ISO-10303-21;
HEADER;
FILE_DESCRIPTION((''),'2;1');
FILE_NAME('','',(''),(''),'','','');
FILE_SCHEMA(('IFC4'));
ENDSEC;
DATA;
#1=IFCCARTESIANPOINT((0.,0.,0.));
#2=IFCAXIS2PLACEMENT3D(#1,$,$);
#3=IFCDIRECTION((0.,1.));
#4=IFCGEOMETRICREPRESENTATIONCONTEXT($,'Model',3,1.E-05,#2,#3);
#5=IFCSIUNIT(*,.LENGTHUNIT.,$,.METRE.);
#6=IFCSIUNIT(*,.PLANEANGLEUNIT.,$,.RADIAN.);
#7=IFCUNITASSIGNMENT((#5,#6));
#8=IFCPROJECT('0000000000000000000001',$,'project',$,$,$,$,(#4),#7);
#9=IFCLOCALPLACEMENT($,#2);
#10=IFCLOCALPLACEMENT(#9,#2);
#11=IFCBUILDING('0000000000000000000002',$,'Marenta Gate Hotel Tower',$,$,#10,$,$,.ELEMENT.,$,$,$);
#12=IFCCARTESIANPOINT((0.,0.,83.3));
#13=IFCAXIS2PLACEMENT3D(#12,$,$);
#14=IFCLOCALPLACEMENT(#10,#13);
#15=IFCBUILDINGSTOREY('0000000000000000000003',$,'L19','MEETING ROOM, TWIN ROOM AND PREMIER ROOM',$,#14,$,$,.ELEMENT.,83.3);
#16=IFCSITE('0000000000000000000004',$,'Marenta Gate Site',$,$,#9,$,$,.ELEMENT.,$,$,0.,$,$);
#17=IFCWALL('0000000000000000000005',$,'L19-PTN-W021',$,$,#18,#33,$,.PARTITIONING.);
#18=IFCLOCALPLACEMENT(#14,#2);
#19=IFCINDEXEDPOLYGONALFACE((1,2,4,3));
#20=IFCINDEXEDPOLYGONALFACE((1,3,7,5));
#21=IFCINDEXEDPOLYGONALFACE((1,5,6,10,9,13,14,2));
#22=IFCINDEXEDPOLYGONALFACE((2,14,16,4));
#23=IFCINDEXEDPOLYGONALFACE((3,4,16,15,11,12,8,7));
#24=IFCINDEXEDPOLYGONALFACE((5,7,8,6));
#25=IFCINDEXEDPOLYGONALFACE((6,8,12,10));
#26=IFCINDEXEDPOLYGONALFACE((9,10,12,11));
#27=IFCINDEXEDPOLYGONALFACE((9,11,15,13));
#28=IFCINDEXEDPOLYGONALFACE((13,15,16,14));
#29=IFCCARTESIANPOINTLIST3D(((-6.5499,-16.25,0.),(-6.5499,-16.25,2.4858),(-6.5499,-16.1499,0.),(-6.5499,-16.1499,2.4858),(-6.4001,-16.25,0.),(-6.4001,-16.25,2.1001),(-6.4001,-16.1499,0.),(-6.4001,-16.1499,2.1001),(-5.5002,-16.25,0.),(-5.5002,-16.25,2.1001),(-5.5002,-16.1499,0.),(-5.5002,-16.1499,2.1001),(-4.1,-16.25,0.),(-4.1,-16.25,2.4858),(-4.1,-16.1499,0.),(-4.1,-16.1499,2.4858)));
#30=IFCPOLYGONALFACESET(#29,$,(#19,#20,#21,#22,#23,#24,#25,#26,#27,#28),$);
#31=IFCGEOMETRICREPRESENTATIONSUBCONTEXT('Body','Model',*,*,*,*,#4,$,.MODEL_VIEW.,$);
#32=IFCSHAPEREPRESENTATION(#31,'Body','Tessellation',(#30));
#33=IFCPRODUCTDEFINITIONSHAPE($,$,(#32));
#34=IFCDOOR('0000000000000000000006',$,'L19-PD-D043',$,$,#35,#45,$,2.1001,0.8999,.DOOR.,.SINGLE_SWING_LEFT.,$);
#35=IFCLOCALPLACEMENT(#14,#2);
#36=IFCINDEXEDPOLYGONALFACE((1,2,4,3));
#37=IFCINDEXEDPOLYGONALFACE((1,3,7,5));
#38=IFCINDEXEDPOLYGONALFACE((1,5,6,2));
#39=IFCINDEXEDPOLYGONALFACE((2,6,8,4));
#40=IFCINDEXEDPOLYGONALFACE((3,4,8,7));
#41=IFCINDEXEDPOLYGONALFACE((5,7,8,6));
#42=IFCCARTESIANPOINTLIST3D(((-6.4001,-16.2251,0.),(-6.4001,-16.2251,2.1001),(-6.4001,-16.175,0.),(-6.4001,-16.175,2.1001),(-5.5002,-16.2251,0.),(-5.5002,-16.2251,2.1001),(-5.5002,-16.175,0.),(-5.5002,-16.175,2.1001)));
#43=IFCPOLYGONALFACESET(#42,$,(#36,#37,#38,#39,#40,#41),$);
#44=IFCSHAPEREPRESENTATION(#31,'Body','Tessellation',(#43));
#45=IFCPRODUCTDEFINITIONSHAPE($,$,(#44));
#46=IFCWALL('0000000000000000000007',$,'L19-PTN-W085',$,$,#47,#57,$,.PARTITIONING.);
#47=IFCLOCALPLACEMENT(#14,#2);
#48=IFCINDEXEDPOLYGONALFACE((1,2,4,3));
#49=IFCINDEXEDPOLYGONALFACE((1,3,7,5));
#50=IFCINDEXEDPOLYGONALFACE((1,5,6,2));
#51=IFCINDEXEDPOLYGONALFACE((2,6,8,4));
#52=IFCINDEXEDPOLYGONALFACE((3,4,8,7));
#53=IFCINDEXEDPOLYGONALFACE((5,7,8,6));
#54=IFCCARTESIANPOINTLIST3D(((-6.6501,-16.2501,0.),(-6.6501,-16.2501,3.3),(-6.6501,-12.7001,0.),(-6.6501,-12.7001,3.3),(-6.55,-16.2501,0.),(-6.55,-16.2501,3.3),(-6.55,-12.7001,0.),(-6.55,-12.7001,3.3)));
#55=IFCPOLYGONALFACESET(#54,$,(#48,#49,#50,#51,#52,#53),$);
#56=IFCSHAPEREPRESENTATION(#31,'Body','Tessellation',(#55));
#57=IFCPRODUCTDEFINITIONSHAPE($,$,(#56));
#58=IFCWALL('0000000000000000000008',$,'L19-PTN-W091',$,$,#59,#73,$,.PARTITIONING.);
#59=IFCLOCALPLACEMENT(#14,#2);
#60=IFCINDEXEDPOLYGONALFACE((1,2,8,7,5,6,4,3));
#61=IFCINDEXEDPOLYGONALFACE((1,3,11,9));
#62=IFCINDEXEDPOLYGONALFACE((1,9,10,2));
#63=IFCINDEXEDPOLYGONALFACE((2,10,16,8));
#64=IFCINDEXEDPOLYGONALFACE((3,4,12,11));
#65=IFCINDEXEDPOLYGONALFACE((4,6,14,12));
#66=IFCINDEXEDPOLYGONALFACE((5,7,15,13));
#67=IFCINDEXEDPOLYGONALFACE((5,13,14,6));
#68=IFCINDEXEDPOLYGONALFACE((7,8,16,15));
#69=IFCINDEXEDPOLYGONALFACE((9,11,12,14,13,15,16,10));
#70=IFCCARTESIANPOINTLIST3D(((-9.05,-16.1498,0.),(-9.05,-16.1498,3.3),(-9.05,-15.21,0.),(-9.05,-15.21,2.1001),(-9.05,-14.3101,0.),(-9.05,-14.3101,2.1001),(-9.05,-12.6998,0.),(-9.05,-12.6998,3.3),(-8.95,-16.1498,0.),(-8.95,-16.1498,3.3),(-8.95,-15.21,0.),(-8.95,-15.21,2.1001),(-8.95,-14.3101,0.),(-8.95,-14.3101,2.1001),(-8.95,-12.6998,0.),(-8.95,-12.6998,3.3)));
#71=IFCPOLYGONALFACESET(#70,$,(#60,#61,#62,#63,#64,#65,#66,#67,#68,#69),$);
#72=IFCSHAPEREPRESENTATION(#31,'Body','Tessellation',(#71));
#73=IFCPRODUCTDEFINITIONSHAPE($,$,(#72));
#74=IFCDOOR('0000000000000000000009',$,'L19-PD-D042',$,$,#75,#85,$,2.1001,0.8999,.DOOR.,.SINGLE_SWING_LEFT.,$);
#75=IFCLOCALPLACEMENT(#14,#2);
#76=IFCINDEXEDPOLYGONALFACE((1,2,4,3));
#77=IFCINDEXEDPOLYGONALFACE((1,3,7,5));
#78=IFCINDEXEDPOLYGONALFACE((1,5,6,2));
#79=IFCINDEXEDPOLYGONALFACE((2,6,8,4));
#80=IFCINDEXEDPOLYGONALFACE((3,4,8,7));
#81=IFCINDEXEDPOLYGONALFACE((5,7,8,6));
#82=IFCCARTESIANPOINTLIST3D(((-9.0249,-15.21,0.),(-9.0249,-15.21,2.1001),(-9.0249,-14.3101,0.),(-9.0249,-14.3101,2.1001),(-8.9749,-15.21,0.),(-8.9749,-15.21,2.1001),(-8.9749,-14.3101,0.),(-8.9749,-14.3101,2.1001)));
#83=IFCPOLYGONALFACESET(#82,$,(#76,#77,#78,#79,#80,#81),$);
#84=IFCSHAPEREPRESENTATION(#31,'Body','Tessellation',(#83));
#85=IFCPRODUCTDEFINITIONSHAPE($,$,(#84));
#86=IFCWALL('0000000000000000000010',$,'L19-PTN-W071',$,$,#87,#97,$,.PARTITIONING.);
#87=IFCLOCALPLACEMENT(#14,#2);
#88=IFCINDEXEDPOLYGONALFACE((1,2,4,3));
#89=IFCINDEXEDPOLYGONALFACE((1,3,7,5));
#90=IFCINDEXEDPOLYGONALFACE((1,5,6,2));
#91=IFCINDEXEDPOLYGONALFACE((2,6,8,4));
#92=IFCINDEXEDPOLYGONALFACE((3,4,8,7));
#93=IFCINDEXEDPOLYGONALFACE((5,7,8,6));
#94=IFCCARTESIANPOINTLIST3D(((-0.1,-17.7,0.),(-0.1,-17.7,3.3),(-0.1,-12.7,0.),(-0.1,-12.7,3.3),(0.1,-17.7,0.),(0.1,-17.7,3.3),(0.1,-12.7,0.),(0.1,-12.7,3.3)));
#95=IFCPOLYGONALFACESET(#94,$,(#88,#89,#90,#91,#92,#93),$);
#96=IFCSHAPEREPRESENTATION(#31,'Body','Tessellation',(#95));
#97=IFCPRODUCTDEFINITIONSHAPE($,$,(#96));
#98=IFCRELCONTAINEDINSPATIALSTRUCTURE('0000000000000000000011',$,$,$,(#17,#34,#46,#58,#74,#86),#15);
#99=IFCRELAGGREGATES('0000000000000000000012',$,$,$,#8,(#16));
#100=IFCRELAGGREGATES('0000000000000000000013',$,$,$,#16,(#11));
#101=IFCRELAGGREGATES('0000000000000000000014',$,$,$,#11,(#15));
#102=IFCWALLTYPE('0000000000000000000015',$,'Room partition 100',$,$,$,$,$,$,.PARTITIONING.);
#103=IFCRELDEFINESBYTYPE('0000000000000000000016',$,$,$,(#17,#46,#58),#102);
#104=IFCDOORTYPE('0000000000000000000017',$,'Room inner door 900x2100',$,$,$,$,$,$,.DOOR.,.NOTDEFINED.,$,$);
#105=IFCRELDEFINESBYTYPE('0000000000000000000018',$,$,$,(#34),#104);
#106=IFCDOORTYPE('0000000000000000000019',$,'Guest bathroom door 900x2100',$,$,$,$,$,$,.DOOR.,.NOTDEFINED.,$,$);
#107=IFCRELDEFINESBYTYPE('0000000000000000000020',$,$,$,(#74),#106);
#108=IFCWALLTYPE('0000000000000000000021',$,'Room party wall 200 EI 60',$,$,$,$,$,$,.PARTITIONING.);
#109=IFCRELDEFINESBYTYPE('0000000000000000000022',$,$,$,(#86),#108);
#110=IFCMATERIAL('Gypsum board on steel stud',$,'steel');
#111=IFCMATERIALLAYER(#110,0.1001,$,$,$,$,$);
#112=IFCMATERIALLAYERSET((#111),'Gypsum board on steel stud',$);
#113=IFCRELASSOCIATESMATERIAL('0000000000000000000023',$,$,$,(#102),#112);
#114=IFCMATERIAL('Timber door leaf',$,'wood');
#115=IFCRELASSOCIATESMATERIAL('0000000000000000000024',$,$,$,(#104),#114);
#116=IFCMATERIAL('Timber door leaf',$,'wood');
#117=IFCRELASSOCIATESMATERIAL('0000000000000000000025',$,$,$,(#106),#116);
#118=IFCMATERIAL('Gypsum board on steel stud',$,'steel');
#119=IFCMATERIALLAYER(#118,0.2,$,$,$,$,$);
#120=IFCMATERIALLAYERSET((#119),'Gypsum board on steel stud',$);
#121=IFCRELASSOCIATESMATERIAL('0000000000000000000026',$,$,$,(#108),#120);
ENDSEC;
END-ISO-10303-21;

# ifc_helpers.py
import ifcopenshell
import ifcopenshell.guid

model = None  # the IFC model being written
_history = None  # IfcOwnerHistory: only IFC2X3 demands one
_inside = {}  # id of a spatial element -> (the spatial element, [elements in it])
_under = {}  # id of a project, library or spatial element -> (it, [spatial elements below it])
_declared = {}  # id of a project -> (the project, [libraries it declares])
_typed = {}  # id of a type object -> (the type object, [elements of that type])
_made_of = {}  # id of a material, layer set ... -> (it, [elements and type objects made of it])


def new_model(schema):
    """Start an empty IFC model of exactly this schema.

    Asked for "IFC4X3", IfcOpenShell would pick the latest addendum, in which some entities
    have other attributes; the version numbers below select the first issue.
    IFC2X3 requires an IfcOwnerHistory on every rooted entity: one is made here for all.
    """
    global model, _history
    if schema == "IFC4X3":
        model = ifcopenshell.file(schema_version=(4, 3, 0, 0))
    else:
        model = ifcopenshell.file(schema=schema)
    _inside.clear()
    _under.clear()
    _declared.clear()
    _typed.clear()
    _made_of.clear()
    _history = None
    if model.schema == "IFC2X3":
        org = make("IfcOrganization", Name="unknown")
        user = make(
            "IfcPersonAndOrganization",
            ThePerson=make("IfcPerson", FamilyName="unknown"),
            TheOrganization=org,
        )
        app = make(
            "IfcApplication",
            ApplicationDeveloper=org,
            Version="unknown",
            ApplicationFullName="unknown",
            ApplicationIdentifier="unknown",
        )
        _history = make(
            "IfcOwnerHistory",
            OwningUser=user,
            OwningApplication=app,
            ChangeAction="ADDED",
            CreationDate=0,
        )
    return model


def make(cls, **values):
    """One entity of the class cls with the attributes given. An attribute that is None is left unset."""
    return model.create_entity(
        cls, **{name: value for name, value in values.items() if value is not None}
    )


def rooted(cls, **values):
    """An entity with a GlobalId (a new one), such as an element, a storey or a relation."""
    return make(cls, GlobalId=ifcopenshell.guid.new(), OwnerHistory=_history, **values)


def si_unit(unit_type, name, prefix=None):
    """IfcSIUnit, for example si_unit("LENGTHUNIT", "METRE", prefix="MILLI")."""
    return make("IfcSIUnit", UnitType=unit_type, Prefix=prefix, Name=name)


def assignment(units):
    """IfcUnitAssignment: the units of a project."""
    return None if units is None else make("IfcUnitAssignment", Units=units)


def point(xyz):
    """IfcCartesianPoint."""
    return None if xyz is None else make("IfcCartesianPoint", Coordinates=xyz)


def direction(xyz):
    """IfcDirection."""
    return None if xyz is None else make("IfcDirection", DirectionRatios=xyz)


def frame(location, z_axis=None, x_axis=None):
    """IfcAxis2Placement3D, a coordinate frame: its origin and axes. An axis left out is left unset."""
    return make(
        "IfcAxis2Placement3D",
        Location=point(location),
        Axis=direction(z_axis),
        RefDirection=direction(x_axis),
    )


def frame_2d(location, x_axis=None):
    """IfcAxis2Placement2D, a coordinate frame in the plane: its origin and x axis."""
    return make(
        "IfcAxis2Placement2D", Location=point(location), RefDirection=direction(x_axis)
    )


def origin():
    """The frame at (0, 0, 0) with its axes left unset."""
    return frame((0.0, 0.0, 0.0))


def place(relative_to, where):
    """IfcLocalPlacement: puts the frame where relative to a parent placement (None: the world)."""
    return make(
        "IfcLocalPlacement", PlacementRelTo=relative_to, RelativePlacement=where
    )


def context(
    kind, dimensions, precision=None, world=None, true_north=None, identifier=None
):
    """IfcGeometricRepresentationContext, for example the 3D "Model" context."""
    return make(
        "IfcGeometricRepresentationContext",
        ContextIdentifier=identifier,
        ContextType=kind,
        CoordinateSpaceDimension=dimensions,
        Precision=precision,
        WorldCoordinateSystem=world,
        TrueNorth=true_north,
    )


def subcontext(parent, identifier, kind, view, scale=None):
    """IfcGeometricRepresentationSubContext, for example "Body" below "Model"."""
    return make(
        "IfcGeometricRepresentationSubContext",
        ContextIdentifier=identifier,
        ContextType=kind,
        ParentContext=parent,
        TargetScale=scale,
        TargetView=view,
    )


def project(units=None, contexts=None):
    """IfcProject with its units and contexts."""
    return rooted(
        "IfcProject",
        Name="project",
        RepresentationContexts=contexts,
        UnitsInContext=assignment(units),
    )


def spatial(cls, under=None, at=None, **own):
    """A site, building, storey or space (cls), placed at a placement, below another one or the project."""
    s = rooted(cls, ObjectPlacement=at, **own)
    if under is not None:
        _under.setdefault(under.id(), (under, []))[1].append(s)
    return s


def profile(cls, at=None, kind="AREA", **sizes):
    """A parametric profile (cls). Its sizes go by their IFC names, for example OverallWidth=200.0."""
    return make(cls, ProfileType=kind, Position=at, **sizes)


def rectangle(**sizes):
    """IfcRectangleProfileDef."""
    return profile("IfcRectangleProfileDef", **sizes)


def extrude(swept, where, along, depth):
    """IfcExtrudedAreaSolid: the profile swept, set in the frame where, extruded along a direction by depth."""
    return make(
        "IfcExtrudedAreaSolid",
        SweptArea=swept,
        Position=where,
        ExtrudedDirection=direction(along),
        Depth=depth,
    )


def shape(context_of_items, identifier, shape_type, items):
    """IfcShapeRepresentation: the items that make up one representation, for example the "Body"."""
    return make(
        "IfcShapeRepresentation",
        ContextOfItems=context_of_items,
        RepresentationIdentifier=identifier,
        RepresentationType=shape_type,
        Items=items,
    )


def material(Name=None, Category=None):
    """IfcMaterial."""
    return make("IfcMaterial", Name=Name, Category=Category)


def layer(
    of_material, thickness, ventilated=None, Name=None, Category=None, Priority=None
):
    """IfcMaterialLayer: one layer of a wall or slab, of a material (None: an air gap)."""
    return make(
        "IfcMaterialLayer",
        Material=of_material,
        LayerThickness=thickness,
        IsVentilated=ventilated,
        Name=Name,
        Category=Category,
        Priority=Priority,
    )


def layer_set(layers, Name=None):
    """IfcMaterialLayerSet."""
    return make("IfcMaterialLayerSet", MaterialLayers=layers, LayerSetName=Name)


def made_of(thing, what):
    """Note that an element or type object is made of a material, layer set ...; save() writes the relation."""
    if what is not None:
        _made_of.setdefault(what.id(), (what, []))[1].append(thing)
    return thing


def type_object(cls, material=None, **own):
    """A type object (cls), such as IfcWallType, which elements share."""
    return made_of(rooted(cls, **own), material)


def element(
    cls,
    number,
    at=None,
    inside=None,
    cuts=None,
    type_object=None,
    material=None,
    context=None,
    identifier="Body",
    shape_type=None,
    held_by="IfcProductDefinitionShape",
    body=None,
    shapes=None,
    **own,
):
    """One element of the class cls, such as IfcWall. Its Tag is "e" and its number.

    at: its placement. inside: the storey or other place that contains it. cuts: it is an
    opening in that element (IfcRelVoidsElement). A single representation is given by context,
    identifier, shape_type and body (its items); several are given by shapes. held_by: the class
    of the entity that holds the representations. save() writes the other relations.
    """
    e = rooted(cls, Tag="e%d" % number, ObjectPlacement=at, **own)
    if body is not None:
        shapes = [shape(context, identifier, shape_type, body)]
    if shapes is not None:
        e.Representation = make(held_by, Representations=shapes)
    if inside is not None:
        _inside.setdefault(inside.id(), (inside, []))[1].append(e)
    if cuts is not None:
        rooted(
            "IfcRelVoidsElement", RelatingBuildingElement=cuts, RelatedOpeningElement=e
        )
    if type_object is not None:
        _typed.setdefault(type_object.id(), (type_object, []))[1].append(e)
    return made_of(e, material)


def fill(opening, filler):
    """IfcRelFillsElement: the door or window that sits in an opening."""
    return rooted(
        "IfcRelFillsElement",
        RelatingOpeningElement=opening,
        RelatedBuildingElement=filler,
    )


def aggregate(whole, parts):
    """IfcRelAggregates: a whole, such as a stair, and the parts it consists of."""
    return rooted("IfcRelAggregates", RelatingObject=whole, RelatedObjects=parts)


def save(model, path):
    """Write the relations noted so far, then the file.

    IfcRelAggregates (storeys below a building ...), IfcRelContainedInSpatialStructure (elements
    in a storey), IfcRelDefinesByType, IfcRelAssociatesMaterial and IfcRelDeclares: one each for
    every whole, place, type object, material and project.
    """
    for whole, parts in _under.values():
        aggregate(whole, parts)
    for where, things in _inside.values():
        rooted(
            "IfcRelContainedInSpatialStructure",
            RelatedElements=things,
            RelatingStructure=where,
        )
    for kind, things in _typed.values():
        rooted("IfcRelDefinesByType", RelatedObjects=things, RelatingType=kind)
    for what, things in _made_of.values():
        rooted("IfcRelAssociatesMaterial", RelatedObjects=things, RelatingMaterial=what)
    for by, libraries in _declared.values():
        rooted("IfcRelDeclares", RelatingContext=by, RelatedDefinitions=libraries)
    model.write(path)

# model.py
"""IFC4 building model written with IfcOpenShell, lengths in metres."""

from ifc_helpers import new_model, si_unit, direction, frame, frame_2d, origin, place, context, subcontext, project, spatial, rectangle, extrude, material, layer, layer_set, type_object, element, fill, save


model = new_model("IFC4")

# Units and contexts
model_context = context("Model", 3, precision=1e-05, world=origin(), true_north=direction((0.0, 1.0)))
body_context = subcontext(model_context, "Body", "Model", "MODEL_VIEW")
ifc_project = project(units=[si_unit("LENGTHUNIT", "METRE"), si_unit("PLANEANGLEUNIT", "RADIAN")], contexts=[model_context])

# Site, building, storey
site_placement = place(None, origin())
site = spatial("IfcSite", under=ifc_project, at=site_placement, Name="Marenta Gate Site", CompositionType="ELEMENT", RefElevation=0.0)
building_placement = place(site_placement, origin())
building = spatial("IfcBuilding", under=site, at=building_placement, Name="Marenta Gate Hotel Tower", CompositionType="ELEMENT")
storey_placement = place(building_placement, frame((0.0, 0.0, 83.3)))
storey = spatial("IfcBuildingStorey", under=building, at=storey_placement, Name="L19", Description="MEETING ROOM, TWIN ROOM AND PREMIER ROOM", CompositionType="ELEMENT", Elevation=83.3)

# Wall, opening, door
ifc_material_1 = material(Name="Gypsum board on steel stud", Category="steel")
ifc_layer_1 = layer(ifc_material_1, 0.1001)
ifc_layer_set_1 = layer_set([ifc_layer_1], Name="Gypsum board on steel stud")
wall_type_1 = type_object("IfcWallType", Name="Room partition 100", PredefinedType="PARTITIONING", material=ifc_layer_set_1)
wall_1_placement = place(storey_placement, frame((-6.55, -16.2, 0.0), z_axis=(0.0, 0.0, 1.0), x_axis=(1.0, 0.0, 0.0)))
wall_1 = element("IfcWall", 1, at=wall_1_placement, inside=storey, type_object=wall_type_1, Name="L19-PTN-W021", PredefinedType="PARTITIONING", context=body_context, shape_type="SweptSolid", body=[
    extrude(rectangle(XDim=2.45, YDim=0.1001, at=frame_2d((1.2251, 0.0))), origin(), (0.0, 0.0, 1.0), 2.4858),
])
opening_1_placement = place(wall_1_placement, frame((0.1499, 0.0, 0.0)))
opening_1 = element("IfcOpeningElement", 2, at=opening_1_placement, cuts=wall_1, PredefinedType="OPENING", context=body_context, shape_type="SweptSolid", body=[
    extrude(rectangle(XDim=0.8999, YDim=2.1001, at=frame_2d((0.45, 1.05))), frame((0.0, 0.05, 0.0), z_axis=(0.0, -1.0, 0.0), x_axis=(1.0, 0.0, 0.0)), (0.0, 0.0, 1.0), 0.1001),
])
ifc_material_2 = material(Name="Timber door leaf", Category="wood")
door_type_1 = type_object("IfcDoorType", Name="Room inner door 900x2100", OperationType="NOTDEFINED", PredefinedType="DOOR", material=ifc_material_2)
door_1_placement = place(opening_1_placement, origin())
door_1 = element("IfcDoor", 3, at=door_1_placement, inside=storey, type_object=door_type_1, Name="L19-PD-D043", OperationType="SINGLE_SWING_LEFT", OverallHeight=2.1001, OverallWidth=0.8999, PredefinedType="DOOR", context=body_context, shape_type="SweptSolid", body=[
    extrude(rectangle(XDim=0.8999, YDim=2.1001, at=frame_2d((0.45, 1.05))), frame((0.0, 0.0249, 0.0), z_axis=(0.0, -1.0, 0.0), x_axis=(1.0, 0.0, 0.0)), (0.0, 0.0, 1.0), 0.05),
])
fill(opening_1, door_1)

# Wall
wall_2_placement = place(storey_placement, frame((-6.6001, -16.25, 0.0), z_axis=(0.0, 0.0, 1.0), x_axis=(0.0, 1.0, 0.0)))
element("IfcWall", 4, at=wall_2_placement, inside=storey, type_object=wall_type_1, Name="L19-PTN-W085", PredefinedType="PARTITIONING", context=body_context, shape_type="SweptSolid", body=[
    extrude(rectangle(XDim=3.55, YDim=0.1001, at=frame_2d((1.7749, 0.0))), origin(), (0.0, 0.0, 1.0), 3.3),
])

# Wall, opening, door
wall_3_placement = place(storey_placement, frame((-9.0, -16.1499, 0.0), z_axis=(0.0, 0.0, 1.0), x_axis=(0.0, 1.0, 0.0)))
wall_3 = element("IfcWall", 5, at=wall_3_placement, inside=storey, type_object=wall_type_1, Name="L19-PTN-W091", PredefinedType="PARTITIONING", context=body_context, shape_type="SweptSolid", body=[
    extrude(rectangle(XDim=3.45, YDim=0.1001, at=frame_2d((1.7251, 0.0))), origin(), (0.0, 0.0, 1.0), 3.3),
])
opening_2_placement = place(wall_3_placement, frame((0.9399, 0.0, 0.0)))
opening_2 = element("IfcOpeningElement", 6, at=opening_2_placement, cuts=wall_3, PredefinedType="OPENING", context=body_context, shape_type="SweptSolid", body=[
    extrude(rectangle(XDim=0.8999, YDim=2.1001, at=frame_2d((0.45, 1.05))), frame((0.0, 0.05, 0.0), z_axis=(0.0, -1.0, 0.0), x_axis=(1.0, 0.0, 0.0)), (0.0, 0.0, 1.0), 0.1001),
])
ifc_material_3 = material(Name="Timber door leaf", Category="wood")
door_type_2 = type_object("IfcDoorType", Name="Guest bathroom door 900x2100", OperationType="NOTDEFINED", PredefinedType="DOOR", material=ifc_material_3)
door_2_placement = place(opening_2_placement, origin())
door_2 = element("IfcDoor", 7, at=door_2_placement, inside=storey, type_object=door_type_2, Name="L19-PD-D042", OperationType="SINGLE_SWING_LEFT", OverallHeight=2.1001, OverallWidth=0.8999, PredefinedType="DOOR", context=body_context, shape_type="SweptSolid", body=[
    extrude(rectangle(XDim=0.8999, YDim=2.1001, at=frame_2d((0.45, 1.05))), frame((0.0, 0.0249, 0.0), z_axis=(0.0, -1.0, 0.0), x_axis=(1.0, 0.0, 0.0)), (0.0, 0.0, 1.0), 0.05),
])
fill(opening_2, door_2)

# Wall
ifc_material_4 = material(Name="Gypsum board on steel stud", Category="steel")
ifc_layer_2 = layer(ifc_material_4, 0.2)
ifc_layer_set_2 = layer_set([ifc_layer_2], Name="Gypsum board on steel stud")
wall_type_2 = type_object("IfcWallType", Name="Room party wall 200 EI 60", PredefinedType="PARTITIONING", material=ifc_layer_set_2)
wall_4_placement = place(storey_placement, frame((0.0, -17.7, 0.0), z_axis=(0.0, 0.0, 1.0), x_axis=(0.0, 1.0, 0.0)))
element("IfcWall", 8, at=wall_4_placement, inside=storey, type_object=wall_type_2, Name="L19-PTN-W071", PredefinedType="PARTITIONING", context=body_context, shape_type="SweptSolid", body=[
    extrude(rectangle(XDim=5.0, YDim=0.2, at=frame_2d((2.5, 0.0))), origin(), (0.0, 0.0, 1.0), 3.3),
])

save(model, "model.ifc")
